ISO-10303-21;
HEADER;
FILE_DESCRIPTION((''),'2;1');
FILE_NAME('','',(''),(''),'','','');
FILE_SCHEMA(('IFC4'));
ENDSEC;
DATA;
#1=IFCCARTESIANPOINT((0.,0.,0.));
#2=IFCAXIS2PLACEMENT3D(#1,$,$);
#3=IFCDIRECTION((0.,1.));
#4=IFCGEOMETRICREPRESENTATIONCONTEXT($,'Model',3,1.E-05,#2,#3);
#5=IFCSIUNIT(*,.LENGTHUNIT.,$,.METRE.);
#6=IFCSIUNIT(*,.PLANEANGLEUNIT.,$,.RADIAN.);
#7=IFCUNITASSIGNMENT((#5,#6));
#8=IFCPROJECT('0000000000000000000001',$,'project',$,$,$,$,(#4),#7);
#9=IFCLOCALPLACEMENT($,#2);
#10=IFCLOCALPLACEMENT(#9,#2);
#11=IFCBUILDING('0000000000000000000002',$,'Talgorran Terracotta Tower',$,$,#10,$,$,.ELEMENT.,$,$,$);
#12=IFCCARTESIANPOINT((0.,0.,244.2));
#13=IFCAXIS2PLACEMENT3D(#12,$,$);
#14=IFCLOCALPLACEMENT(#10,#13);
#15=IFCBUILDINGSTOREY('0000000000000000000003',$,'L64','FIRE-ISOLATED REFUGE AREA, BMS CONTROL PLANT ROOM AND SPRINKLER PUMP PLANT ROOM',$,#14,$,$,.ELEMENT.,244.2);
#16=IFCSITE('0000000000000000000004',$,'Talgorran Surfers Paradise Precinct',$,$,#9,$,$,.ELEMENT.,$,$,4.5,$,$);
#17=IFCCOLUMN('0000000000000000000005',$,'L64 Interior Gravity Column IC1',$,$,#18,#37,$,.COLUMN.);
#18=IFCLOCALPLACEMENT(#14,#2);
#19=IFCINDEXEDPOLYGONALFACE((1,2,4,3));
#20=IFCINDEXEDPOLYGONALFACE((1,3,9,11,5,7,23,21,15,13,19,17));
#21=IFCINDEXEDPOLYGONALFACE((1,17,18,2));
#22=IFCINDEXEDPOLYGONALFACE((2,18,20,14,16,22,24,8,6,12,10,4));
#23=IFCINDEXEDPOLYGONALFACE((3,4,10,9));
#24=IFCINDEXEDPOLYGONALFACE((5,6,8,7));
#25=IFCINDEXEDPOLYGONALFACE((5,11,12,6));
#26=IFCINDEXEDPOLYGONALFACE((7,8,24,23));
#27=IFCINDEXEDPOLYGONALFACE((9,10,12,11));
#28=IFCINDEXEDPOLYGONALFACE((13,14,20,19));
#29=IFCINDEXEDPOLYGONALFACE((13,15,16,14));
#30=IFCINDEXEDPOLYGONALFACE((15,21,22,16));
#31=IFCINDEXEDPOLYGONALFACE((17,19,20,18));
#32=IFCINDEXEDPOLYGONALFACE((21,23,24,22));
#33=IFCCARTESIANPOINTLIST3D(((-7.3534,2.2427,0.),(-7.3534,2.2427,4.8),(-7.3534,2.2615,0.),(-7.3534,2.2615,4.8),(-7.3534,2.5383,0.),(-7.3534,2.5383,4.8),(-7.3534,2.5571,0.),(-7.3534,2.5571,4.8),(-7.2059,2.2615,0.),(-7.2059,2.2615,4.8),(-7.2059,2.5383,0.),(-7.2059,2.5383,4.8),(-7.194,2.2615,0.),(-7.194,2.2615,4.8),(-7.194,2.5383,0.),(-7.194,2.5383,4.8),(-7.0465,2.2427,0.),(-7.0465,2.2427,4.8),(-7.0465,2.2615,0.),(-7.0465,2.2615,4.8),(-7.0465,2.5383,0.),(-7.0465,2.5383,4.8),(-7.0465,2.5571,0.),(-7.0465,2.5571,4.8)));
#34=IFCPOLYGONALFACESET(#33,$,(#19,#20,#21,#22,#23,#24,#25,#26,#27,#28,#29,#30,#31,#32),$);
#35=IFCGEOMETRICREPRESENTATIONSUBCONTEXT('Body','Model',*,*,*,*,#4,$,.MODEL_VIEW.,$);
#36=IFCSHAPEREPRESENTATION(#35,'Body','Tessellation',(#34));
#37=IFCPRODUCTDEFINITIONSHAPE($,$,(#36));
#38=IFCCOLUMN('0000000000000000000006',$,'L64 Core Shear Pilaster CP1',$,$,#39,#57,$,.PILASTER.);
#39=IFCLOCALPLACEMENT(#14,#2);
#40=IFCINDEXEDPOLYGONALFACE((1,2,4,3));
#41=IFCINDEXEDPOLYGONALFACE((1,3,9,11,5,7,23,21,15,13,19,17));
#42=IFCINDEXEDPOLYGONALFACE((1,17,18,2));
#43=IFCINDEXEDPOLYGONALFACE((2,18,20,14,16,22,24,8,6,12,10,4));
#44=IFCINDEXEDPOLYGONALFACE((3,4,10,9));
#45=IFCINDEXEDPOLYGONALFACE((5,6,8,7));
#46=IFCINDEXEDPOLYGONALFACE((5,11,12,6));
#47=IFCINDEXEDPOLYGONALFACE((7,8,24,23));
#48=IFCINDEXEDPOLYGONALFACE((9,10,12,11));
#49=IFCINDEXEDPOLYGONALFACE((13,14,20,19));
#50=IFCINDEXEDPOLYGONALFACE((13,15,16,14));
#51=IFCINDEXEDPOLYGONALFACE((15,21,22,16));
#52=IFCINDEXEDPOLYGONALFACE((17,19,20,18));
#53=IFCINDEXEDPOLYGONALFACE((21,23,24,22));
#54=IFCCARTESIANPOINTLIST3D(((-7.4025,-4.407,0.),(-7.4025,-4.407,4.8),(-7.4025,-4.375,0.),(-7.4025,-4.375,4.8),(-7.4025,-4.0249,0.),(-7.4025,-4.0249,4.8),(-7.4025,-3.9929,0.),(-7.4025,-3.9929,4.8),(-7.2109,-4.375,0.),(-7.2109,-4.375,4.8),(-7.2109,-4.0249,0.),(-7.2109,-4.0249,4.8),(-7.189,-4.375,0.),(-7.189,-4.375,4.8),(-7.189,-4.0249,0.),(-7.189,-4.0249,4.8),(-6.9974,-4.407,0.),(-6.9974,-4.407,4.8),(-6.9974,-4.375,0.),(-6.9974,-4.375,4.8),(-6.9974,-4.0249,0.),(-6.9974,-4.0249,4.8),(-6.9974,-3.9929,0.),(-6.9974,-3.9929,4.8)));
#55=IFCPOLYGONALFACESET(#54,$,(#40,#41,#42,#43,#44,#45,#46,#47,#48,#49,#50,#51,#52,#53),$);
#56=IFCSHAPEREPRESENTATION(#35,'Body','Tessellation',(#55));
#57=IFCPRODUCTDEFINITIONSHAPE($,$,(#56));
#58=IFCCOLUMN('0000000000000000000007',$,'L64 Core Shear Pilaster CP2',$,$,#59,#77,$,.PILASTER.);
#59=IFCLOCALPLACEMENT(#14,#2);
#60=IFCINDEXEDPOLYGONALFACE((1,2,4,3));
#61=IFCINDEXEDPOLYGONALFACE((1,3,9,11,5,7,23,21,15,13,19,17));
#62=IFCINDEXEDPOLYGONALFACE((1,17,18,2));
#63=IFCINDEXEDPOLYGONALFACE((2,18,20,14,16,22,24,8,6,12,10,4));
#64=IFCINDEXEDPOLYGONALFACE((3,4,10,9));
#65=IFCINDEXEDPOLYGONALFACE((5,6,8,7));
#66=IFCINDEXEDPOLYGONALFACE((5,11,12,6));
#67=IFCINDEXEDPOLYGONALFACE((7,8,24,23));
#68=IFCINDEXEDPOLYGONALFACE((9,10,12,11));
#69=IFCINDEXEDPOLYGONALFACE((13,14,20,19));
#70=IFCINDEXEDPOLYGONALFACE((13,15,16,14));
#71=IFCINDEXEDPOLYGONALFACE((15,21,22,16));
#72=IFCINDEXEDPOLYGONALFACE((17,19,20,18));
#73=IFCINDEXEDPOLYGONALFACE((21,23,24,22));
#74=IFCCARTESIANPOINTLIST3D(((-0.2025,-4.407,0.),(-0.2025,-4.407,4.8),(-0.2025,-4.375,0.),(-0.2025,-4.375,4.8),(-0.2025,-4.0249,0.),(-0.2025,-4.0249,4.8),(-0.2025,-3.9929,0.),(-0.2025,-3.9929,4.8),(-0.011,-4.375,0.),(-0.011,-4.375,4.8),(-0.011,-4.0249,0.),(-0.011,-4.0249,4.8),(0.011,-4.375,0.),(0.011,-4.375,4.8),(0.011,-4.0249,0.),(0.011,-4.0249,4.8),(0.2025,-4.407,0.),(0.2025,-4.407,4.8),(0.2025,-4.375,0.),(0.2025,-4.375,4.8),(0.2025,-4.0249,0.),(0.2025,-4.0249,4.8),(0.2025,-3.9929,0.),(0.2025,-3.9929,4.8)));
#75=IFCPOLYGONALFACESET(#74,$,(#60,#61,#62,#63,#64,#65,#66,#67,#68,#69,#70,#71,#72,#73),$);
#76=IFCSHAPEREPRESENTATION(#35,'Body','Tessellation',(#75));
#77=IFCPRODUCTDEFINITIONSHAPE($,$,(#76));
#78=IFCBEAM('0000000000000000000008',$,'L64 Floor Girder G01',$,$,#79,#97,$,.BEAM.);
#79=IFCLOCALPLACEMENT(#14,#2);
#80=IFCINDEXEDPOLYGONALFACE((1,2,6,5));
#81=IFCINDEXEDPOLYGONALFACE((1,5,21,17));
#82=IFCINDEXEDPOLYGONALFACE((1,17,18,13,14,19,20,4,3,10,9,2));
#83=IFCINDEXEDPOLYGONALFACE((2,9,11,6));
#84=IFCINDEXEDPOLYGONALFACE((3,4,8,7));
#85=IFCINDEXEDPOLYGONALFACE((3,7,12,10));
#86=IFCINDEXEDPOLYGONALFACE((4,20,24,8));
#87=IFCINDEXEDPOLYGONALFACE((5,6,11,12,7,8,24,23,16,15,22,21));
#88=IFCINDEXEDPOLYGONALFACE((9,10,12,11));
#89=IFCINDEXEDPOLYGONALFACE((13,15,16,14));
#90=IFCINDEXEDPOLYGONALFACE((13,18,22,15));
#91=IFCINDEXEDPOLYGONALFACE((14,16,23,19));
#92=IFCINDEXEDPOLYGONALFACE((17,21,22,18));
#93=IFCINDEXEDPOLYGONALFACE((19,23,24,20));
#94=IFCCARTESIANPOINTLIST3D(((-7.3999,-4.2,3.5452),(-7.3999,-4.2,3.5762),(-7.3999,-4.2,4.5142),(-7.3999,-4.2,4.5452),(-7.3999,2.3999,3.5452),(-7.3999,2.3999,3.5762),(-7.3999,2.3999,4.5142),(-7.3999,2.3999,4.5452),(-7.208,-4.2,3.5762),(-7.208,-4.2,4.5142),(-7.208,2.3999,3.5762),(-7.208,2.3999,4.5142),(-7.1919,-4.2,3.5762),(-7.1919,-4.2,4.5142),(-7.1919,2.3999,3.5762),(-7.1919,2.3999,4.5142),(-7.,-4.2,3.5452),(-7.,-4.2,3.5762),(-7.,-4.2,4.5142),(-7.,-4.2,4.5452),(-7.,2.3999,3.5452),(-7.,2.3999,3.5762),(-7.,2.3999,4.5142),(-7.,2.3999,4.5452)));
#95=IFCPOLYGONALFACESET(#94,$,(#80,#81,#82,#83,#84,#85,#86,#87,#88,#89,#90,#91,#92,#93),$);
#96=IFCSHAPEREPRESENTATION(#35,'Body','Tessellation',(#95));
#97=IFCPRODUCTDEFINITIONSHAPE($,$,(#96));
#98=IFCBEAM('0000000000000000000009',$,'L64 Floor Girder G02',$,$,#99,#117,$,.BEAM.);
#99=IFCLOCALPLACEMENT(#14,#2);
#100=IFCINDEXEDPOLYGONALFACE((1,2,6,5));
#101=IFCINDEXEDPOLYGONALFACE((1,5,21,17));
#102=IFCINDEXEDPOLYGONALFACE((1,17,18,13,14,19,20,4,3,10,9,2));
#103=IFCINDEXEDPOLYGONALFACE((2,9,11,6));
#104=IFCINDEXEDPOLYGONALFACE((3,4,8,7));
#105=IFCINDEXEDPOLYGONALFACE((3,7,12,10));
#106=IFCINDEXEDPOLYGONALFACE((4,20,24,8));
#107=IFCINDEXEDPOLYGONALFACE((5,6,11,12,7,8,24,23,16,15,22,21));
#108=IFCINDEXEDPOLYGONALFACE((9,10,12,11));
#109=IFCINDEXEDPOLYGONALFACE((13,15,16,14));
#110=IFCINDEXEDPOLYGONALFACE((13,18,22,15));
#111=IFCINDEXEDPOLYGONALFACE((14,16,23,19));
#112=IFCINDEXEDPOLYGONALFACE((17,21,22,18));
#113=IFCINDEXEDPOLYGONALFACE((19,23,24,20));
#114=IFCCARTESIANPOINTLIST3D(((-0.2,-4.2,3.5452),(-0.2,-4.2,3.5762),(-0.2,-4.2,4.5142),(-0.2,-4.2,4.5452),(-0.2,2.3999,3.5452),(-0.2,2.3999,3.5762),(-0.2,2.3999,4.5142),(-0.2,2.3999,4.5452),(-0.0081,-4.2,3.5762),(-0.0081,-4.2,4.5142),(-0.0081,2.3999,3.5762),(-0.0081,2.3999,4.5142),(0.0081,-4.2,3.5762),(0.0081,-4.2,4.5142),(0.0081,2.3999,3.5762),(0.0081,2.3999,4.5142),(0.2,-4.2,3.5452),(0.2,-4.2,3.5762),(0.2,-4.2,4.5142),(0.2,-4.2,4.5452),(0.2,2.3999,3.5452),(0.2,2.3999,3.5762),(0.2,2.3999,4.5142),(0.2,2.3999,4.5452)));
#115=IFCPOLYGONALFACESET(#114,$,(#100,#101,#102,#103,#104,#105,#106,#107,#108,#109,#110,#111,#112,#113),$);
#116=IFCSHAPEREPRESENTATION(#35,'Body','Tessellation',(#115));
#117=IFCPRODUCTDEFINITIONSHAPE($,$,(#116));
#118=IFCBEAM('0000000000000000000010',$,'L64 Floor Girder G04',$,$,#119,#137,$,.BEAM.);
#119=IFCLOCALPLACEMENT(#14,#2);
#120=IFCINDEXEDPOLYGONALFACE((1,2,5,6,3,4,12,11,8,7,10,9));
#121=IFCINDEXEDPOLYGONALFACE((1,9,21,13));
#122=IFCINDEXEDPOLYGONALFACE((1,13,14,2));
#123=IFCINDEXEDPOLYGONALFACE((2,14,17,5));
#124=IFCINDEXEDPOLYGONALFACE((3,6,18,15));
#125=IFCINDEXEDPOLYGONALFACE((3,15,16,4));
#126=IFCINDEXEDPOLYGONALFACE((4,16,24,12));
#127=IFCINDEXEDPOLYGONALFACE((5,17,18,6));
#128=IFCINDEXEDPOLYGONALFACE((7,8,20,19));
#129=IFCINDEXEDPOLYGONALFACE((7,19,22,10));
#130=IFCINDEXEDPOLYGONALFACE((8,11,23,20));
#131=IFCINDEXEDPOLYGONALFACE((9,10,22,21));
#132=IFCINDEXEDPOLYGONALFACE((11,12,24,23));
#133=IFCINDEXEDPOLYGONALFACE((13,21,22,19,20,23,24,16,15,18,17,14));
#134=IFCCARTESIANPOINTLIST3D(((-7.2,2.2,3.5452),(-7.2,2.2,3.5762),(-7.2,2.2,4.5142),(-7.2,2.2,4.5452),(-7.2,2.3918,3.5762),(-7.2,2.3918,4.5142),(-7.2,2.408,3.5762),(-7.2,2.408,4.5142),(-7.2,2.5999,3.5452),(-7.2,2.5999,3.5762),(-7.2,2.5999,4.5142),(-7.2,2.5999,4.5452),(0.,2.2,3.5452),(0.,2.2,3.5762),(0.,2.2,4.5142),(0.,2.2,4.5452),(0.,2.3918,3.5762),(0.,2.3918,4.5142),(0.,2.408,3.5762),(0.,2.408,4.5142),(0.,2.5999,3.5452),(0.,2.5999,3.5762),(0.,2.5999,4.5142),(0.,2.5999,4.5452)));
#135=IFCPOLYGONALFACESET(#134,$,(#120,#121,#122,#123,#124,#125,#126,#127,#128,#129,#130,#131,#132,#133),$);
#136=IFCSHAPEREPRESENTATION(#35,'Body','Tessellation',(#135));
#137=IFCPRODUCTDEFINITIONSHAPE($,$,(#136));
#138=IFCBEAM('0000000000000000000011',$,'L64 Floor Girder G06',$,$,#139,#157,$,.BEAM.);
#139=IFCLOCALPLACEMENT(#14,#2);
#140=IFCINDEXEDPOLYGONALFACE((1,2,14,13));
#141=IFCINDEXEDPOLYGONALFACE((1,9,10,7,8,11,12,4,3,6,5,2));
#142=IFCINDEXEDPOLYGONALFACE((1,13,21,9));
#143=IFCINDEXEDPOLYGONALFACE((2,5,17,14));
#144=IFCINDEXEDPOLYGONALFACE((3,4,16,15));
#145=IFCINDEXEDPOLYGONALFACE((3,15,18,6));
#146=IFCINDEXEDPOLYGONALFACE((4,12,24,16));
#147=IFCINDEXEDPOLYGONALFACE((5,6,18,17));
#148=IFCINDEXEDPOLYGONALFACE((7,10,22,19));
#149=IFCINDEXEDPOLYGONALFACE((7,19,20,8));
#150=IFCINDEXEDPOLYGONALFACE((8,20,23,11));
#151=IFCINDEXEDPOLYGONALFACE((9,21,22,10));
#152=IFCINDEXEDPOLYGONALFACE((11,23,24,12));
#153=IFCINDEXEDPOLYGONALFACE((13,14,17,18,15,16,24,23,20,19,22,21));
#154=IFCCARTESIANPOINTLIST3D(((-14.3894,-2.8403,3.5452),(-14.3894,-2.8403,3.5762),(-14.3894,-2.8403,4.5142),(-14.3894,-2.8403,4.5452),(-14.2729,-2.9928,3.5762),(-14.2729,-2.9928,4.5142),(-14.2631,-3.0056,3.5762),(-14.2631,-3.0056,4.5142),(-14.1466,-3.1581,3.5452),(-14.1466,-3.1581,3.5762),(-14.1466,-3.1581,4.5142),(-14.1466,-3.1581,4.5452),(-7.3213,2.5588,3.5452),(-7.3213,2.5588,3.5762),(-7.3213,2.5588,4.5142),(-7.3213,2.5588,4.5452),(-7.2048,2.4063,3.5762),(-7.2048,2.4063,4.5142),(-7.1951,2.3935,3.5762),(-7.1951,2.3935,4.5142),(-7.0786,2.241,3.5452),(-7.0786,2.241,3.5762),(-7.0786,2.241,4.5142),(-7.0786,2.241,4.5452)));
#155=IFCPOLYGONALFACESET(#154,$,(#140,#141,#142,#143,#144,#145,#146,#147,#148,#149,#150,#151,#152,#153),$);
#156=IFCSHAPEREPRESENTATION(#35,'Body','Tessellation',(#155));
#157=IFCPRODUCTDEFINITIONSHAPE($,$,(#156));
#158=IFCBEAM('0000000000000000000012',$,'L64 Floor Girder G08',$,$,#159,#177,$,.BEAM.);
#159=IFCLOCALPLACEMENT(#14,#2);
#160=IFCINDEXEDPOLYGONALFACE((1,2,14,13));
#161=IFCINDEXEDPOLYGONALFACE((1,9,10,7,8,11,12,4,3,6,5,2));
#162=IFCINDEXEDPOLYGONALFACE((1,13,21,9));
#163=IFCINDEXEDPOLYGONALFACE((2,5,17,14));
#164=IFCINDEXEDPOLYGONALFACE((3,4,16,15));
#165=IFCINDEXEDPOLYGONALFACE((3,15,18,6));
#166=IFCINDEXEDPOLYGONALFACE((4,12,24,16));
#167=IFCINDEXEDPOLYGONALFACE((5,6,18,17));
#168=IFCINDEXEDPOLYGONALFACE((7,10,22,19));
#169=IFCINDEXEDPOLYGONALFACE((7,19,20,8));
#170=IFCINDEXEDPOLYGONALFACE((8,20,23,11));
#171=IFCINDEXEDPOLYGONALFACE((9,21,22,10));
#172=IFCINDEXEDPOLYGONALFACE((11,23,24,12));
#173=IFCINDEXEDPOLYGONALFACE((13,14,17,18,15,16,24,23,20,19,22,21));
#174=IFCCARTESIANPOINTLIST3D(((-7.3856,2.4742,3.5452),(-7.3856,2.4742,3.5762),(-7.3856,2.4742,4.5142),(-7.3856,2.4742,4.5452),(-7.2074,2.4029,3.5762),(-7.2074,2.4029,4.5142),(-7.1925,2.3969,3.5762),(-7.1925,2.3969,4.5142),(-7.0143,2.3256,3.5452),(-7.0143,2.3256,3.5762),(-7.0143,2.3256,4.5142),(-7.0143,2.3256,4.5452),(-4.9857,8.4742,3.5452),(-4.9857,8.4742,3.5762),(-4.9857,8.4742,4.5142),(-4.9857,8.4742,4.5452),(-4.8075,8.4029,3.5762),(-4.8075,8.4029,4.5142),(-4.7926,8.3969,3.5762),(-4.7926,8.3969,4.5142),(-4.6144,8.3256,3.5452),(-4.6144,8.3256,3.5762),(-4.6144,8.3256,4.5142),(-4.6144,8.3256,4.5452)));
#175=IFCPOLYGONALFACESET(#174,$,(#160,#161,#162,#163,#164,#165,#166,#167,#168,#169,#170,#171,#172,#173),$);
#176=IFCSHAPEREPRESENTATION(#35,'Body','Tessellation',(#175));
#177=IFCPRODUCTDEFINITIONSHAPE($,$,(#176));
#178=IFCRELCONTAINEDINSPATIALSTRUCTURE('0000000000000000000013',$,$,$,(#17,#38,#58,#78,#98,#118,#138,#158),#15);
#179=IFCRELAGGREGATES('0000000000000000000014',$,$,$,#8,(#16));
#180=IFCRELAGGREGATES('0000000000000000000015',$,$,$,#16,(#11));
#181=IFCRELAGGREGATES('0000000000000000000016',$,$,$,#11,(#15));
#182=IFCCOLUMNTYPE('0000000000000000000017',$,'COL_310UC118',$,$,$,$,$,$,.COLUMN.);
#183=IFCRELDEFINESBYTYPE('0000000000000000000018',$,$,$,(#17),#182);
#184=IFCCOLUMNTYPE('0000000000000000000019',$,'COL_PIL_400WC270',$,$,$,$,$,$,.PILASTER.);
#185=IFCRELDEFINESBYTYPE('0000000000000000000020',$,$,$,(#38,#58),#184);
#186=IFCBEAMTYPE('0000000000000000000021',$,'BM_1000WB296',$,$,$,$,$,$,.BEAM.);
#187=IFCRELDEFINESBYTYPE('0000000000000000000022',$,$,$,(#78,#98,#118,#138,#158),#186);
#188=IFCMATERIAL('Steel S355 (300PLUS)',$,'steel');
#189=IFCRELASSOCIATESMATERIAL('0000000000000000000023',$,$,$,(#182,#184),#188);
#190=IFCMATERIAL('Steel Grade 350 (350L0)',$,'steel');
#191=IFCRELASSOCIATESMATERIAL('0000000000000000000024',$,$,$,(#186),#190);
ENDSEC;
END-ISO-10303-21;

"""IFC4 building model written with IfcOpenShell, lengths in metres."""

from ifc_helpers import new_model, si_unit, direction, frame, origin, origin_2d, place, context, subcontext, project, spatial, i_section, extrude, material, material_profile, profile_set, type_object, element, save


model = new_model("IFC4")

# Units and contexts
model_context = context("Model", 3, precision=1e-05, world=origin(), true_north=direction((0.0, 1.0)))
body_context = subcontext(model_context, "Body", "Model", "MODEL_VIEW")
ifc_project = project(units=[si_unit("LENGTHUNIT", "METRE"), si_unit("PLANEANGLEUNIT", "RADIAN")], contexts=[model_context])

# Site, building, storey
site_placement = place(None, origin())
site = spatial("IfcSite", under=ifc_project, at=site_placement, Name="Talgorran Surfers Paradise Precinct", CompositionType="ELEMENT", RefElevation=4.5)
building_placement = place(site_placement, origin())
building = spatial("IfcBuilding", under=site, at=building_placement, Name="Talgorran Terracotta Tower", CompositionType="ELEMENT")
storey_placement = place(building_placement, frame((0.0, 0.0, 244.2)))
storey = spatial("IfcBuildingStorey", under=building, at=storey_placement, Name="L64", Description="FIRE-ISOLATED REFUGE AREA, BMS CONTROL PLANT ROOM AND SPRINKLER PUMP PLANT ROOM", CompositionType="ELEMENT", Elevation=244.2)

# Columns
ifc_material_1 = material(Name="Steel S355 (300PLUS)", Category="steel")
ifc_material_profile_1 = material_profile(ifc_material_1, i_section(OverallWidth=0.3069, OverallDepth=0.3145, WebThickness=0.012, FlangeThickness=0.0188, at=origin_2d()), Name="310UC118")
ifc_profile_set_1 = profile_set([ifc_material_profile_1], Name="Steel S355 (300PLUS)")
column_type_1 = type_object("IfcColumnType", Name="COL_310UC118", PredefinedType="COLUMN", material=ifc_profile_set_1)
column_placement = place(storey_placement, frame((-7.2, 2.3999, 0.0), z_axis=(0.0, 0.0, 1.0), x_axis=(1.0, 0.0, 0.0)))
element("IfcColumn", 1, at=column_placement, inside=storey, type_object=column_type_1, Name="L64 Interior Gravity Column IC1", PredefinedType="COLUMN", context=body_context, shape_type="SweptSolid", body=[
    extrude(i_section(OverallWidth=0.3069, OverallDepth=0.3145, WebThickness=0.012, FlangeThickness=0.0188, at=origin_2d()), origin(), (0.0, 0.0, 1.0), 4.8),
])
ifc_material_profile_2 = material_profile(ifc_material_1, i_section(OverallWidth=0.405, OverallDepth=0.4141, WebThickness=0.022, FlangeThickness=0.032, at=origin_2d()), Name="400WC270")
ifc_profile_set_2 = profile_set([ifc_material_profile_2], Name="Steel S355 (300PLUS)")
column_type_2 = type_object("IfcColumnType", Name="COL_PIL_400WC270", PredefinedType="PILASTER", material=ifc_profile_set_2)
for number, where, z_axis, x_axis, name in (
    (2, (-7.2, -4.2, 0.0), (0.0, 0.0, 1.0), (1.0, 0.0, 0.0), "L64 Core Shear Pilaster CP1"),
    (3, (0.0, -4.2, 0.0), (0.0, 0.0, 1.0), (1.0, 0.0, 0.0), "L64 Core Shear Pilaster CP2"),
):
    element("IfcColumn", number, at=place(storey_placement, frame(where, z_axis=z_axis, x_axis=x_axis)), inside=storey, type_object=column_type_2, Name=name, PredefinedType="PILASTER", context=body_context, shape_type="SweptSolid", body=[
        extrude(i_section(OverallWidth=0.405, OverallDepth=0.4141, WebThickness=0.022, FlangeThickness=0.032, at=origin_2d()), origin(), (0.0, 0.0, 1.0), 4.8),
    ])

# Beams
ifc_material_2 = material(Name="Steel Grade 350 (350L0)", Category="steel")
ifc_material_profile_3 = material_profile(ifc_material_2, i_section(OverallWidth=0.3999, OverallDepth=1.0, WebThickness=0.0161, FlangeThickness=0.031, at=origin_2d()), Name="1000WB296")
ifc_profile_set_3 = profile_set([ifc_material_profile_3], Name="Steel Grade 350 (350L0)")
beam_type_1 = type_object("IfcBeamType", Name="BM_1000WB296", PredefinedType="BEAM", material=ifc_profile_set_3)
for number, where, z_axis, x_axis, name in (
    (4, (-7.2, -4.2, 4.0452), (0.0, 1.0, 0.0), (-1.0, 0.0, 0.0), "L64 Floor Girder G01"),
    (5, (0.0, -4.2, 4.0452), (0.0, 1.0, 0.0), (-1.0, 0.0, 0.0), "L64 Floor Girder G02"),
):
    element("IfcBeam", number, at=place(storey_placement, frame(where, z_axis=z_axis, x_axis=x_axis)), inside=storey, type_object=beam_type_1, Name=name, PredefinedType="BEAM", context=body_context, shape_type="SweptSolid", body=[
        extrude(i_section(OverallWidth=0.3999, OverallDepth=1.0, WebThickness=0.0161, FlangeThickness=0.031, at=origin_2d()), origin(), (0.0, 0.0, 1.0), 6.5999),
    ])
beam_1_placement = place(storey_placement, frame((-7.2, 2.3999, 4.0452), z_axis=(1.0, 0.0, 0.0), x_axis=(0.0, 1.0, 0.0)))
element("IfcBeam", 6, at=beam_1_placement, inside=storey, type_object=beam_type_1, Name="L64 Floor Girder G04", PredefinedType="BEAM", context=body_context, shape_type="SweptSolid", body=[
    extrude(i_section(OverallWidth=0.3999, OverallDepth=1.0, WebThickness=0.0161, FlangeThickness=0.031, at=origin_2d()), origin(), (0.0, 0.0, 1.0), 7.2),
])
beam_2_placement = place(storey_placement, frame((-7.2, 2.3999, 4.0452), z_axis=(-0.794676, -0.607034, 0.0), x_axis=(0.607034, -0.794676, 0.0)))
element("IfcBeam", 7, at=beam_2_placement, inside=storey, type_object=beam_type_1, Name="L64 Floor Girder G06", PredefinedType="BEAM", context=body_context, shape_type="SweptSolid", body=[
    extrude(i_section(OverallWidth=0.3999, OverallDepth=1.0, WebThickness=0.0161, FlangeThickness=0.031, at=origin_2d()), origin(), (0.0, 0.0, 1.0), 8.8943),
])
beam_3_placement = place(storey_placement, frame((-7.2, 2.3999, 4.0452), z_axis=(0.371378, 0.928482, 0.0), x_axis=(-0.928482, 0.371378, 0.0)))
element("IfcBeam", 8, at=beam_3_placement, inside=storey, type_object=beam_type_1, Name="L64 Floor Girder G08", PredefinedType="BEAM", context=body_context, shape_type="SweptSolid", body=[
    extrude(i_section(OverallWidth=0.3999, OverallDepth=1.0, WebThickness=0.0161, FlangeThickness=0.031, at=origin_2d()), origin(), (0.0, 0.0, 1.0), 6.4622),
])

save(model, "model.ifc")
